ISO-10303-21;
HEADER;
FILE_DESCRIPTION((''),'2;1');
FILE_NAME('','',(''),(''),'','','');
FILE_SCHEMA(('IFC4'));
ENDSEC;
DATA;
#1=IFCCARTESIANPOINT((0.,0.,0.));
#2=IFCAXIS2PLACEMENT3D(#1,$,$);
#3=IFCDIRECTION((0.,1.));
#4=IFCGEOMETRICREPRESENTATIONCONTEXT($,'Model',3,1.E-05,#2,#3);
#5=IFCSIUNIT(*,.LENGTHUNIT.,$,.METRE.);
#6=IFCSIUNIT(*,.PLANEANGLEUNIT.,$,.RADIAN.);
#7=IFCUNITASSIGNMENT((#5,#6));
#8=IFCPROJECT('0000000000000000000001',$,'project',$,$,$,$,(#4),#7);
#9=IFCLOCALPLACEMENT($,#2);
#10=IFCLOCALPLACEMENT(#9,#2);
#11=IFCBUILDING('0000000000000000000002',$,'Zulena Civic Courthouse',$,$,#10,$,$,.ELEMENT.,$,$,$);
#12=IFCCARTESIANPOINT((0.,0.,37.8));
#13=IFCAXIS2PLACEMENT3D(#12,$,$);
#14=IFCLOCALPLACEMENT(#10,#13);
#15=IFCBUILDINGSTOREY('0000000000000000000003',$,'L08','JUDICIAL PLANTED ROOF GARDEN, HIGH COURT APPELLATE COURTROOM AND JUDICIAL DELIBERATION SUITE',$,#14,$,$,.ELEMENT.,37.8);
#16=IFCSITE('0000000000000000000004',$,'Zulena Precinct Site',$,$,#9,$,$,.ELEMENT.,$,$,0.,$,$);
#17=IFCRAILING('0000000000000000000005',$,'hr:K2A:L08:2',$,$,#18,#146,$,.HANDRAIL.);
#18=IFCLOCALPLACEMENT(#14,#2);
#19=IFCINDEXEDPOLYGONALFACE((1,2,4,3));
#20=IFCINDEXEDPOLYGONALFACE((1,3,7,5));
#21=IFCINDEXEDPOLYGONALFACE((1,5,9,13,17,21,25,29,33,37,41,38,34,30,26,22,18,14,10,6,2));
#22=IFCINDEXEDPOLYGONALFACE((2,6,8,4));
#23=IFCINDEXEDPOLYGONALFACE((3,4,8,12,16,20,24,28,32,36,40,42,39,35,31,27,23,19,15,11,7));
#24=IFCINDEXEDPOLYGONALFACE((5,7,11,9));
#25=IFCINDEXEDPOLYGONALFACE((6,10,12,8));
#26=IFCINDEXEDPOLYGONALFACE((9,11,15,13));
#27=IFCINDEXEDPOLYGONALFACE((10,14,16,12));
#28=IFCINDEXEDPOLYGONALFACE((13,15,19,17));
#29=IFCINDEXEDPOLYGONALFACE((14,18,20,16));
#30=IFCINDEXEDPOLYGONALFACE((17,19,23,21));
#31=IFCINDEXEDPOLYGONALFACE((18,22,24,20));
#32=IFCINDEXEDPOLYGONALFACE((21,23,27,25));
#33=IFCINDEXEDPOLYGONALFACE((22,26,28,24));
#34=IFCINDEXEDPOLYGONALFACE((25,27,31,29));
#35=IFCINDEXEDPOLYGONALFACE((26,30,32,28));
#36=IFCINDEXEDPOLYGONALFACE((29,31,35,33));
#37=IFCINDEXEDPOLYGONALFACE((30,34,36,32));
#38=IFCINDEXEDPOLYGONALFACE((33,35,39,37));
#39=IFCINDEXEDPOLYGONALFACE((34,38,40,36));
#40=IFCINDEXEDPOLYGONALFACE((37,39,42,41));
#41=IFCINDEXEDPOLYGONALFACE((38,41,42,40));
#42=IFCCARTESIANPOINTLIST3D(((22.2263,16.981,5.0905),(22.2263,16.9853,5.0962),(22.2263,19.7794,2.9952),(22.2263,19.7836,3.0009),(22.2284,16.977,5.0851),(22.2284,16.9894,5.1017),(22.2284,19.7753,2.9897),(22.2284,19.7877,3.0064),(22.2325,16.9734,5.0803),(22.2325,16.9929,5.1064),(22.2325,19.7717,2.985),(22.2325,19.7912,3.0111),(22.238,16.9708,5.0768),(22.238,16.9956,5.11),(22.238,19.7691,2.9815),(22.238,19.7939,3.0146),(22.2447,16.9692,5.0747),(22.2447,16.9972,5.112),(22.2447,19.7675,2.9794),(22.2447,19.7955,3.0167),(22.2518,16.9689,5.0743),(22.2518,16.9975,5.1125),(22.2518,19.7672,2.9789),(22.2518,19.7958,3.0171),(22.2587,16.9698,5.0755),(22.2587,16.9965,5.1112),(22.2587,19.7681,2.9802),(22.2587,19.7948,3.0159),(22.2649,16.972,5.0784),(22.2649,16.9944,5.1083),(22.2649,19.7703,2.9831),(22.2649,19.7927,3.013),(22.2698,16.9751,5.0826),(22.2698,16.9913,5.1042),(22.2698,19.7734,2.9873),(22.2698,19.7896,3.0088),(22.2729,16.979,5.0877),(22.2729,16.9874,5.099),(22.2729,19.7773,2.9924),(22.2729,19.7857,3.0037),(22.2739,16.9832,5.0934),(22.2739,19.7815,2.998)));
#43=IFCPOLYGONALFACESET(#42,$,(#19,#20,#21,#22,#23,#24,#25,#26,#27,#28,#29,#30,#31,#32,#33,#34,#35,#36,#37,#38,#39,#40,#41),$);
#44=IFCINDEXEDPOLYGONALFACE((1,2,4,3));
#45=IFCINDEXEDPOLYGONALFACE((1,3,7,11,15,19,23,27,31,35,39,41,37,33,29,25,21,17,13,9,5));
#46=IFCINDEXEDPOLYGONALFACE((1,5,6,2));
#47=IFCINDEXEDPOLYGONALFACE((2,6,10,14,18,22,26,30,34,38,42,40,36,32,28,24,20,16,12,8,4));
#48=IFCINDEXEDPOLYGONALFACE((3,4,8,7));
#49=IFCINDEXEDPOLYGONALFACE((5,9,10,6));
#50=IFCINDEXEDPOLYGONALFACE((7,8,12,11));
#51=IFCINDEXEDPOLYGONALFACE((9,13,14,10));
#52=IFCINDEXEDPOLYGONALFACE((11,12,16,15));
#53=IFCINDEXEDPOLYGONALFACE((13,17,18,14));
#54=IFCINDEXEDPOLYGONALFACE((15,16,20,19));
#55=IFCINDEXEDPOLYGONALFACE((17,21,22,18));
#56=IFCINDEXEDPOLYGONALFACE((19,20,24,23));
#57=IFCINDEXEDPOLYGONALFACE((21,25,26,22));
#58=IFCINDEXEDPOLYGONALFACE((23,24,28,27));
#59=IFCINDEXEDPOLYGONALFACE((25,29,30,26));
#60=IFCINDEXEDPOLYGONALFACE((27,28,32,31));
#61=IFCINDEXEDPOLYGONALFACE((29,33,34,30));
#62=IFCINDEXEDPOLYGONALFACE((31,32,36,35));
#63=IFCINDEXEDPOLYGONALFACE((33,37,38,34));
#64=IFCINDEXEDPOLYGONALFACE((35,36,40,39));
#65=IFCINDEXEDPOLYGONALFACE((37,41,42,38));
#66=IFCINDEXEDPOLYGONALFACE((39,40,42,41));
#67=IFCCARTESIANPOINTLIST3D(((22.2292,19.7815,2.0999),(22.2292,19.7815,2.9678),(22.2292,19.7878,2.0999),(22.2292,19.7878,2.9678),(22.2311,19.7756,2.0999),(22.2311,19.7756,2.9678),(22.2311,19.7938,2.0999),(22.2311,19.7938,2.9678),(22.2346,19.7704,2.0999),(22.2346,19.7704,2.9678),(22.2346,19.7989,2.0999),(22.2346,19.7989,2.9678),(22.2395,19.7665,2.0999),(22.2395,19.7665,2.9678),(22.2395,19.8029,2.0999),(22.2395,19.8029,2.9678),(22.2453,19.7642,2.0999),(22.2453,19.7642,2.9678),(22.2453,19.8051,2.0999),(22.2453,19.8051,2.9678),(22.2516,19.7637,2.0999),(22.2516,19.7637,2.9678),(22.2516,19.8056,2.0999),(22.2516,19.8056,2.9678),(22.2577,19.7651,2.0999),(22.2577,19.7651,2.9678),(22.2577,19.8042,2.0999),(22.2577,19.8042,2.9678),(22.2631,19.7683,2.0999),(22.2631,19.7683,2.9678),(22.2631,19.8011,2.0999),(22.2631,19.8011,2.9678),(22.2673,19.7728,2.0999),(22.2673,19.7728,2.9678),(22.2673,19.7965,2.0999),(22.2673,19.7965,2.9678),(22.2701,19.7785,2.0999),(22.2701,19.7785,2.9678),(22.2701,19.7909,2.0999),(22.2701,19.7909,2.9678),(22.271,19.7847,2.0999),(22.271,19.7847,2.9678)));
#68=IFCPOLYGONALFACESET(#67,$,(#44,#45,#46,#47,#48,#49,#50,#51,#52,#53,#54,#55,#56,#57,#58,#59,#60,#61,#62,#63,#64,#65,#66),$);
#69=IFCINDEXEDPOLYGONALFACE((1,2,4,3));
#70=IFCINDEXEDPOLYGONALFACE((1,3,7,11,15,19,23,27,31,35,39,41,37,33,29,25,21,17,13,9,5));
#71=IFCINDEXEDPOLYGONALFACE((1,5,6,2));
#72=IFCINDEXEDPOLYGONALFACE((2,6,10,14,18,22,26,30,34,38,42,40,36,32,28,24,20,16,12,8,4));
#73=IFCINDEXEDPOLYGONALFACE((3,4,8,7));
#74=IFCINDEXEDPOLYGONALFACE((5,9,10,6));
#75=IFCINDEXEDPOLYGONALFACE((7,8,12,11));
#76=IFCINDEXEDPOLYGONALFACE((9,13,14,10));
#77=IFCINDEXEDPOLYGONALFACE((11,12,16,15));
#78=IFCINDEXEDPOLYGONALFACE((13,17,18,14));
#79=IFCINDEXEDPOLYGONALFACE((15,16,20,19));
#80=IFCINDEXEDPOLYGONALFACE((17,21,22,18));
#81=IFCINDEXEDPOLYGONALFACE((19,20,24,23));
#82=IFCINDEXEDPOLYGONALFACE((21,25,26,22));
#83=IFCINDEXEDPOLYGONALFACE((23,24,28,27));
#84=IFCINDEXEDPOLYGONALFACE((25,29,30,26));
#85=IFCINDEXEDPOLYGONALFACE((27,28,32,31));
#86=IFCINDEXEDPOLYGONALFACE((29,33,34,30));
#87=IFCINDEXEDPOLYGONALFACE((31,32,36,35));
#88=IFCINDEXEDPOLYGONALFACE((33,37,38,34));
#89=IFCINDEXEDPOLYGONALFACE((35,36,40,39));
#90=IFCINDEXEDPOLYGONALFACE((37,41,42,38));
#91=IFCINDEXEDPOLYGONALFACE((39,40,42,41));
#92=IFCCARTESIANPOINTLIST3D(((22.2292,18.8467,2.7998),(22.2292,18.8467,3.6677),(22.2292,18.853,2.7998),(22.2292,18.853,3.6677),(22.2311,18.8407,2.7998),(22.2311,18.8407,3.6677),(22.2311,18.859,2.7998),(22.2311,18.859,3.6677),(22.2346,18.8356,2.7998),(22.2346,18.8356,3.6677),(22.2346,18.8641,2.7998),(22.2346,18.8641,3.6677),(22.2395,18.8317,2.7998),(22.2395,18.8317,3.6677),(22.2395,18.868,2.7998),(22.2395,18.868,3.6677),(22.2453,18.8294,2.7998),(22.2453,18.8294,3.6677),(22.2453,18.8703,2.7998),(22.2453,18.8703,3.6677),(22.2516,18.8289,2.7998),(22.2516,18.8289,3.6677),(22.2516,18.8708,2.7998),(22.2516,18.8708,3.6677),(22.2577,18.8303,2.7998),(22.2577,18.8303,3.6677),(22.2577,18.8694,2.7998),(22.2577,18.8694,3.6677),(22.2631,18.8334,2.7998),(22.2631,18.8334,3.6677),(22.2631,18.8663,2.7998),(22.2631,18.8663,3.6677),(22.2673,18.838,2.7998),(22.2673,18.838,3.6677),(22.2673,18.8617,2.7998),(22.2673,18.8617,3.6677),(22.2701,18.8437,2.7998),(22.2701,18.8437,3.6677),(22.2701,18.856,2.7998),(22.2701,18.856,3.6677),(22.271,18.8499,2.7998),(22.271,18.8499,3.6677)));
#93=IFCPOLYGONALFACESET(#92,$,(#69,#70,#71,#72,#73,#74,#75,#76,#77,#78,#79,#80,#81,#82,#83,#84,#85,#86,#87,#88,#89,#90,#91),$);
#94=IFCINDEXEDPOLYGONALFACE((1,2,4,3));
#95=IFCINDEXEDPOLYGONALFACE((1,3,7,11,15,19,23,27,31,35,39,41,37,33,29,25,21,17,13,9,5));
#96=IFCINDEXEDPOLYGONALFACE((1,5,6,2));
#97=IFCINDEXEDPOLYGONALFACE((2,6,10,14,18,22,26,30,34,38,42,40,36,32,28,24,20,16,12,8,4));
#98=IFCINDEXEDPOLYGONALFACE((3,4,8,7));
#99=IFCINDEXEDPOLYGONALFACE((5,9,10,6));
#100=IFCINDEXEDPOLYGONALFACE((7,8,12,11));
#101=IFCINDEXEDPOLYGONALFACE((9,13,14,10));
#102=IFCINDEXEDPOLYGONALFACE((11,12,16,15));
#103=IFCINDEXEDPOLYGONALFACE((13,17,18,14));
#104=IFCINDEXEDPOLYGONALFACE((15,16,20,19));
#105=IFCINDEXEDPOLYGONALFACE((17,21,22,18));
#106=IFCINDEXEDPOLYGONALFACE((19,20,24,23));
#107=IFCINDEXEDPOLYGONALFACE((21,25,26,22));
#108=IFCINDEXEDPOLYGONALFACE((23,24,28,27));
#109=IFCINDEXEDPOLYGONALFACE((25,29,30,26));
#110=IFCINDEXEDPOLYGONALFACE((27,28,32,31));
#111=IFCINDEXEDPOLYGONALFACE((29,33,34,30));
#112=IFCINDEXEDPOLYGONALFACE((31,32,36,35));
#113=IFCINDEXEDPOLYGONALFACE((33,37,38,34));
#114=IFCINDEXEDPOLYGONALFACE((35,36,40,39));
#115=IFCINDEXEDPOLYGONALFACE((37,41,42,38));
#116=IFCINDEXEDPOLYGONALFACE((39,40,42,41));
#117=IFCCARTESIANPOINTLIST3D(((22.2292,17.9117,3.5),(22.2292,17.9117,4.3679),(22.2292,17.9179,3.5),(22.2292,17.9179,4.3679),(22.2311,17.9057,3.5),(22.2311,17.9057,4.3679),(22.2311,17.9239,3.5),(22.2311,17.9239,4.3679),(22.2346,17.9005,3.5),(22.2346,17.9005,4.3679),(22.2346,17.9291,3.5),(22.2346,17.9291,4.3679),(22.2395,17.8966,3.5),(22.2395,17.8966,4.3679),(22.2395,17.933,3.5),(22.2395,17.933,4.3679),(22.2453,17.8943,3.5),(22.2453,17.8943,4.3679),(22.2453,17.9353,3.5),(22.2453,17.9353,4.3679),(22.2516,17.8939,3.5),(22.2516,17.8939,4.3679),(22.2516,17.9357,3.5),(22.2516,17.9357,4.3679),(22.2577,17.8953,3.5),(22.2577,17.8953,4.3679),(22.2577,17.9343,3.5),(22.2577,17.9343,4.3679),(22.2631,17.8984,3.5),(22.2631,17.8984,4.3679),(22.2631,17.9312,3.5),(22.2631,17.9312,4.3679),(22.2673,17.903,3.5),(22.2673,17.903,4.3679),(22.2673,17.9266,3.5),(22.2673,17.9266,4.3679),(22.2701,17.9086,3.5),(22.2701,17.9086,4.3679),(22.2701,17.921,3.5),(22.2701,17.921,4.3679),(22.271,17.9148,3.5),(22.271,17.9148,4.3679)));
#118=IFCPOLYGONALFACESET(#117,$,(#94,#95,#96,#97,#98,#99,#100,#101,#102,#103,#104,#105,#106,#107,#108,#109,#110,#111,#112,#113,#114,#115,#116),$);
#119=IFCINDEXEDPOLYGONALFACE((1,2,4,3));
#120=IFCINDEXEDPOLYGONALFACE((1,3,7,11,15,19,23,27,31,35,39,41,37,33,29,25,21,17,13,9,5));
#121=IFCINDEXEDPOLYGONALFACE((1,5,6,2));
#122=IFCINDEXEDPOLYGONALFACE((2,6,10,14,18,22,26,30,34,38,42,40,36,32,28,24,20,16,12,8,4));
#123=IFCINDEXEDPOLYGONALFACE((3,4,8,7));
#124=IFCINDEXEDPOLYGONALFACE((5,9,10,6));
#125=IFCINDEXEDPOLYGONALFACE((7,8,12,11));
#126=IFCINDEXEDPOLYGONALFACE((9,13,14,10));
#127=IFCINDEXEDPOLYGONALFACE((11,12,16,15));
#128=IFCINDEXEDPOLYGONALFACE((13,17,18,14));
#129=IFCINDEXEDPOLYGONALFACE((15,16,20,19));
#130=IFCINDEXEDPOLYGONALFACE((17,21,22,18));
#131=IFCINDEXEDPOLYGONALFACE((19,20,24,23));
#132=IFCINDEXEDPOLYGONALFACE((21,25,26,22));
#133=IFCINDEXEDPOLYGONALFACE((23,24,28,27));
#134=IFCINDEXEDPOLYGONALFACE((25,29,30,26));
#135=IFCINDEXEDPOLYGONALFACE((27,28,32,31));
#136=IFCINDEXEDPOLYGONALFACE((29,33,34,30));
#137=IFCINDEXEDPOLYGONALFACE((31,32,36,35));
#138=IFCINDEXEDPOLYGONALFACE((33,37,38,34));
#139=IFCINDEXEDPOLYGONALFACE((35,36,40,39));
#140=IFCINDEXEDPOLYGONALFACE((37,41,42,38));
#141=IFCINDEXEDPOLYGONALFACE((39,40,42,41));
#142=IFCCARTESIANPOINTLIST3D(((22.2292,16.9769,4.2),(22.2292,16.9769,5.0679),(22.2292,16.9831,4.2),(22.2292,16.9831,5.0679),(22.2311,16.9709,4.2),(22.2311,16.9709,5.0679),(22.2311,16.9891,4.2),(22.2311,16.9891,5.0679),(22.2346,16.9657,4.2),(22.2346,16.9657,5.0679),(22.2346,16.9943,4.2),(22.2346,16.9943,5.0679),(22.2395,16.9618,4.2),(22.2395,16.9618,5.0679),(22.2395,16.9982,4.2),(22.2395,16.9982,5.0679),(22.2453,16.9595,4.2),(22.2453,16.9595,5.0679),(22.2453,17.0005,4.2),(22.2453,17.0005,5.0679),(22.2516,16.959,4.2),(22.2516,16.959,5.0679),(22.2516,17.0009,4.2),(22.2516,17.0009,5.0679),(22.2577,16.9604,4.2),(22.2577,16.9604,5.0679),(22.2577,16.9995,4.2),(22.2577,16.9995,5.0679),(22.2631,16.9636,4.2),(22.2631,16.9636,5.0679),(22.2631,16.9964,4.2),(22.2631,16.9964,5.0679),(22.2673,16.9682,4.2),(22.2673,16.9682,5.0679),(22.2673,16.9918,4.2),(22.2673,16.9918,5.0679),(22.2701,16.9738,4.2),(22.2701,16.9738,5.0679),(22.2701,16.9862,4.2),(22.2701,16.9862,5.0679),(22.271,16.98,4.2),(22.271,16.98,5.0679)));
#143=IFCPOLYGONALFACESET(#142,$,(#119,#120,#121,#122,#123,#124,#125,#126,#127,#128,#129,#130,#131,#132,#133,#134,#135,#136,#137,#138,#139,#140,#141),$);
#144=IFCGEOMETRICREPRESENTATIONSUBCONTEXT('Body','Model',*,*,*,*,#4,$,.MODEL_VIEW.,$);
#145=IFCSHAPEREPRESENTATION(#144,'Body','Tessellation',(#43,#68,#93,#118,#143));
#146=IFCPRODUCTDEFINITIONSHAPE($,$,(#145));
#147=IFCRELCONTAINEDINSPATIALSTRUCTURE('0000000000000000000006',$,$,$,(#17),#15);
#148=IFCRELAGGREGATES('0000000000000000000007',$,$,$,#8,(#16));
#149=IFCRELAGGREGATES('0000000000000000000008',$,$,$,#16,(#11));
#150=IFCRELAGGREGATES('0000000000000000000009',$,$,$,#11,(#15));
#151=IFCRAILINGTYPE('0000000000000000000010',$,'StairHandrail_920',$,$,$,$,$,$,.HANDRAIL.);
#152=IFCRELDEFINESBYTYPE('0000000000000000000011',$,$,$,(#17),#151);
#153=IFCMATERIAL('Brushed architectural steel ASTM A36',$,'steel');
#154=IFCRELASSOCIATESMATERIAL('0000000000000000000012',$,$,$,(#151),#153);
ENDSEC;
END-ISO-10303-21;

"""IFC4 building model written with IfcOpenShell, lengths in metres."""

from ifc_helpers import new_model, si_unit, direction, frame, origin, origin_2d, place, context, subcontext, project, spatial, circle, extrude, material, type_object, element, save


model = new_model("IFC4")

# Units and contexts
model_context = context("Model", 3, precision=1e-05, world=origin(), true_north=direction((0.0, 1.0)))
body_context = subcontext(model_context, "Body", "Model", "MODEL_VIEW")
ifc_project = project(units=[si_unit("LENGTHUNIT", "METRE"), si_unit("PLANEANGLEUNIT", "RADIAN")], contexts=[model_context])

# Site, building, storey
site_placement = place(None, origin())
site = spatial("IfcSite", under=ifc_project, at=site_placement, Name="Zulena Precinct Site", CompositionType="ELEMENT", RefElevation=0.0)
building_placement = place(site_placement, origin())
building = spatial("IfcBuilding", under=site, at=building_placement, Name="Zulena Civic Courthouse", CompositionType="ELEMENT")
storey_placement = place(building_placement, frame((0.0, 0.0, 37.8)))
storey = spatial("IfcBuildingStorey", under=building, at=storey_placement, Name="L08", Description="JUDICIAL PLANTED ROOF GARDEN, HIGH COURT APPELLATE COURTROOM AND JUDICIAL DELIBERATION SUITE", CompositionType="ELEMENT", Elevation=37.8)

# Railing
ifc_material_1 = material(Name="Brushed architectural steel ASTM A36", Category="steel")
railing_type_1 = type_object("IfcRailingType", Name="StairHandrail_920", PredefinedType="HANDRAIL", material=ifc_material_1)
railing_1_placement = place(storey_placement, frame((22.25, 19.7847, 2.0999)))
element("IfcRailing", 1, at=railing_1_placement, inside=storey, type_object=railing_type_1, Name="hr:K2A:L08:2", PredefinedType="HANDRAIL", context=body_context, shape_type="SweptSolid", body=[
    extrude(circle(Radius=0.0239, at=origin_2d()), frame((0.0, -0.0032, 0.8982), z_axis=(0.0, -0.800468, 0.599375), x_axis=(1.0, 0.0, 0.0)), (0.0, 0.0, 1.0), 3.4958),
    extrude(circle(Radius=0.021, at=origin_2d()), origin(), (0.0, 0.0, 1.0), 0.8679),
    extrude(circle(Radius=0.021, at=origin_2d()), frame((0.0, -0.9348, 0.7)), (0.0, 0.0, 1.0), 0.8679),
    extrude(circle(Radius=0.021, at=origin_2d()), frame((0.0, -1.8699, 1.4001)), (0.0, 0.0, 1.0), 0.8679),
    extrude(circle(Radius=0.021, at=origin_2d()), frame((0.0, -2.8047, 2.1001)), (0.0, 0.0, 1.0), 0.8679),
])

save(model, "model.ifc")
